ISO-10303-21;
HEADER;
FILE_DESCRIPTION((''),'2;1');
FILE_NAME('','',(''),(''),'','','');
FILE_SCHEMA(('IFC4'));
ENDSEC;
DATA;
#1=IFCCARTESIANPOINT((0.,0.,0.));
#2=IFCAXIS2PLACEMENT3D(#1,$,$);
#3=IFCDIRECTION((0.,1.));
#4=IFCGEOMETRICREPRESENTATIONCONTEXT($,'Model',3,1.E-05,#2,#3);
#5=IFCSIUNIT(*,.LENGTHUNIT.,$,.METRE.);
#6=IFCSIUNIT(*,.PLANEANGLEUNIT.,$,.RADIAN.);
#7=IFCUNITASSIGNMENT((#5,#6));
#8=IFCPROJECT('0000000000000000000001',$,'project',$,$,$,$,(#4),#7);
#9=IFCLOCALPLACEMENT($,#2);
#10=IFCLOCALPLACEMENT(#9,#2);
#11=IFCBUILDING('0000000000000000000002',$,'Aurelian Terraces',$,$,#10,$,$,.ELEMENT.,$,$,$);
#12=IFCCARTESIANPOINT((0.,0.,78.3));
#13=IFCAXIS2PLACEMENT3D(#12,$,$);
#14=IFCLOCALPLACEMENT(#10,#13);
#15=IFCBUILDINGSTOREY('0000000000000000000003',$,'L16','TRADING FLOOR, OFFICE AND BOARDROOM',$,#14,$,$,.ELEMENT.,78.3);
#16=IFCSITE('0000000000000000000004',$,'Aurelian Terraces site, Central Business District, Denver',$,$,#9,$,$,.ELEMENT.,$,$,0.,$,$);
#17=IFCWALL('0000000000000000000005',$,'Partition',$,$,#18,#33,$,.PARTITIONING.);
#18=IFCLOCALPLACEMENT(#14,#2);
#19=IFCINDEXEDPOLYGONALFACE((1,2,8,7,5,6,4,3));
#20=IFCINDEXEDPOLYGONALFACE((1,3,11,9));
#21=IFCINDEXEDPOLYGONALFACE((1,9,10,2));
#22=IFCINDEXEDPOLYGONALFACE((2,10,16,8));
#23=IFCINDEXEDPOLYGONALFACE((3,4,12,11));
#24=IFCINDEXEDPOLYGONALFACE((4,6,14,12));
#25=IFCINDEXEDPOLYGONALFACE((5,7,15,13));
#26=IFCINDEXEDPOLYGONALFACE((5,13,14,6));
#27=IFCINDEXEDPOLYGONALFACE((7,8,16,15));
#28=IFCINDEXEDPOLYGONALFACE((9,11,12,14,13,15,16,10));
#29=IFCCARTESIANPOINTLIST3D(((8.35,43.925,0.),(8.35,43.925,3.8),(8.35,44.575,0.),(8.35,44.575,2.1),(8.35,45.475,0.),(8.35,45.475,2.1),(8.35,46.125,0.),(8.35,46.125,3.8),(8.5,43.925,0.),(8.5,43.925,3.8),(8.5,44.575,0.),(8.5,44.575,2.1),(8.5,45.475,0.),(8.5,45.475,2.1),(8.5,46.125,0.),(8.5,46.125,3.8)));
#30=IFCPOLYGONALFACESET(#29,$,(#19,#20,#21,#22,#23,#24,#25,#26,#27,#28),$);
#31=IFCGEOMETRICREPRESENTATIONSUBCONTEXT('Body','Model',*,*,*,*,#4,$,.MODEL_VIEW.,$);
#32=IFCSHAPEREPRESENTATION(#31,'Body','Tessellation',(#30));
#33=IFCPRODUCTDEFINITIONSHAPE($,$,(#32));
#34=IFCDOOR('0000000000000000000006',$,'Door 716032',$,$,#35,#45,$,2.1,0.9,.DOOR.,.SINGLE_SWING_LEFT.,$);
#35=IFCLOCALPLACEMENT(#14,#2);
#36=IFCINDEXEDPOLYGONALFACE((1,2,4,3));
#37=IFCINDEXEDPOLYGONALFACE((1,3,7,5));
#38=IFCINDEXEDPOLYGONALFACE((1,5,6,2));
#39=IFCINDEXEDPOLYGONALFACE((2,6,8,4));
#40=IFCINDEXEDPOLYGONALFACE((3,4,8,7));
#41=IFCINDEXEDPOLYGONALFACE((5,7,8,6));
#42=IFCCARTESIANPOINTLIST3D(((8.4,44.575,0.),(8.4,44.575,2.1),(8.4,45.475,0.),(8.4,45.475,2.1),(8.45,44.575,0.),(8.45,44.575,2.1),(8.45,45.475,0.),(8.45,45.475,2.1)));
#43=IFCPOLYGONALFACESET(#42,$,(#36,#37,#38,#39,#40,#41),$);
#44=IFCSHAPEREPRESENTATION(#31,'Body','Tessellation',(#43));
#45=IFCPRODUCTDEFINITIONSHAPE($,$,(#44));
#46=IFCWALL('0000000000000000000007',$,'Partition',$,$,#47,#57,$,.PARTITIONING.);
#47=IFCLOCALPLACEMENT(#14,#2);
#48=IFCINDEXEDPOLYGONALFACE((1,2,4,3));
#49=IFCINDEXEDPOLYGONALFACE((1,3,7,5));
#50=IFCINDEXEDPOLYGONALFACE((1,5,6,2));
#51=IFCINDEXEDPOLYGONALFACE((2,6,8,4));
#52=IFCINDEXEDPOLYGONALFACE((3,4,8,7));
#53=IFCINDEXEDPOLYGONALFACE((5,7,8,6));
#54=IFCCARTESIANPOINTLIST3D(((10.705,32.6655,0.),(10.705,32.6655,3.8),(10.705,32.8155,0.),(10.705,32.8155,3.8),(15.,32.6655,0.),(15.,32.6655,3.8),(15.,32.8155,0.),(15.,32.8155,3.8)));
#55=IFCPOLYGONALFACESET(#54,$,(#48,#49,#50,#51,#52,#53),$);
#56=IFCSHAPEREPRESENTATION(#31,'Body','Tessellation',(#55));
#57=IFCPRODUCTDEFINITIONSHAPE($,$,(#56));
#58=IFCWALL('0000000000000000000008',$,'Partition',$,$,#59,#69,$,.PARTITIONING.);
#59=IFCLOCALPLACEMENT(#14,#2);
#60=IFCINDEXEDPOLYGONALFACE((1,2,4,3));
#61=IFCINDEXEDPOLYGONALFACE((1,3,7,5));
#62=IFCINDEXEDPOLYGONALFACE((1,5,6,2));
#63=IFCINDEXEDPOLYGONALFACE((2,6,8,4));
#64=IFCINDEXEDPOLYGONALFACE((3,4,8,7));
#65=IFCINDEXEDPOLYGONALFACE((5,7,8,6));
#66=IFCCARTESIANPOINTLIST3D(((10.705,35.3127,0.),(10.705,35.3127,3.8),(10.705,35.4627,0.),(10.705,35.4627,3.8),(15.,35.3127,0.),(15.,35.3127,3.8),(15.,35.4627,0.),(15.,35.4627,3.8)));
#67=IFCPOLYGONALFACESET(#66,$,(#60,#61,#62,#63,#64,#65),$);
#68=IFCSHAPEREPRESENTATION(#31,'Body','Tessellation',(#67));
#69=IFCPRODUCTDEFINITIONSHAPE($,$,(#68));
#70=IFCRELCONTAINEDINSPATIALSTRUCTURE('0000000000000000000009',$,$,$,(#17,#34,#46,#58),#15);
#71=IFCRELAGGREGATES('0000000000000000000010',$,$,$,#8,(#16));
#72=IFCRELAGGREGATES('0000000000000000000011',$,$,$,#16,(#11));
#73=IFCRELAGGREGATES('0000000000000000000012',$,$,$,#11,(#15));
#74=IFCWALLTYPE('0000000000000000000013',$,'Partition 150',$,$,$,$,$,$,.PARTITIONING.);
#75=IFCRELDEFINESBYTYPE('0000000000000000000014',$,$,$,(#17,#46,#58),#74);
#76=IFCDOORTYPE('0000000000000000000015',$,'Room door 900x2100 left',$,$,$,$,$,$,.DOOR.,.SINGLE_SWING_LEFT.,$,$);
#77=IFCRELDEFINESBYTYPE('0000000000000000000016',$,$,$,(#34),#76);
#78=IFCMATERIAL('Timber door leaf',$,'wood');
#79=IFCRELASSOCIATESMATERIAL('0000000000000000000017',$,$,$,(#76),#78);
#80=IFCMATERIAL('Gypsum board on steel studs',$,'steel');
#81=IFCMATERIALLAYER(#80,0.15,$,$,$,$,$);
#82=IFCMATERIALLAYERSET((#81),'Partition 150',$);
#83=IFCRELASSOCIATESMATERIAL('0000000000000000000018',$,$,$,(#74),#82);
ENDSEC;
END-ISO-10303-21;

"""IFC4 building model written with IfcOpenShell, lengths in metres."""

from ifc_helpers import new_model, si_unit, direction, frame, frame_2d, origin, place, context, subcontext, project, spatial, rectangle, extrude, source, transform, mapped, material, layer, layer_set, type_object, element, fill, save


model = new_model("IFC4")

# Units and contexts
model_context = context("Model", 3, precision=1e-05, world=origin(), true_north=direction((0.0, 1.0)))
body_context = subcontext(model_context, "Body", "Model", "MODEL_VIEW")
ifc_project = project(units=[si_unit("LENGTHUNIT", "METRE"), si_unit("PLANEANGLEUNIT", "RADIAN")], contexts=[model_context])

# Site, building, storey
site_placement = place(None, origin())
site = spatial("IfcSite", under=ifc_project, at=site_placement, Name="Aurelian Terraces site, Central Business District, Denver", CompositionType="ELEMENT", RefElevation=0.0)
building_placement = place(site_placement, origin())
building = spatial("IfcBuilding", under=site, at=building_placement, Name="Aurelian Terraces", CompositionType="ELEMENT")
storey_placement = place(building_placement, frame((0.0, 0.0, 78.3)))
storey = spatial("IfcBuildingStorey", under=building, at=storey_placement, Name="L16", Description="TRADING FLOOR, OFFICE AND BOARDROOM", CompositionType="ELEMENT", Elevation=78.3)

# Shared definitions
ifc_material_1 = material(Name="Gypsum board on steel studs", Category="steel")
shared_shape_1 = source(origin(), body_context, "Body", "SweptSolid", [
    extrude(rectangle(XDim=0.9, YDim=2.1, at=frame_2d((0.45, 1.05))), frame((0.0, 0.085, 0.0), z_axis=(0.0, -1.0, 0.0), x_axis=(1.0, 0.0, 0.0)), (0.0, 0.0, 1.0), 0.17),
])
ifc_material_2 = material(Name="Timber door leaf", Category="wood")
door_type = type_object("IfcDoorType", Name="Room door 900x2100 left", OperationType="SINGLE_SWING_LEFT", PredefinedType="DOOR", material=ifc_material_2)
shared_shape_2 = source(origin(), body_context, "Body", "SweptSolid", [
    extrude(rectangle(XDim=0.9, YDim=2.1, at=frame_2d((0.45, 1.05))), frame((0.0, 0.025, 0.0), z_axis=(0.0, -1.0, 0.0), x_axis=(1.0, 0.0, 0.0)), (0.0, 0.0, 1.0), 0.05),
])

# Shared definitions
ifc_layer_1 = layer(ifc_material_1, 0.15)
ifc_layer_set_1 = layer_set([ifc_layer_1], Name="Partition 150")
wall_type_1 = type_object("IfcWallType", Name="Partition 150", PredefinedType="PARTITIONING", material=ifc_layer_set_1)

# Wall, opening, door
shared_shape_3 = source(origin(), body_context, "Body", "SweptSolid", [
    extrude(rectangle(XDim=2.2, YDim=0.15, at=frame_2d((1.1, 0.0))), origin(), (0.0, 0.0, 1.0), 3.8),
])
wall_1_placement = place(storey_placement, frame((8.425, 43.925, 0.0), z_axis=(0.0, 0.0, 1.0), x_axis=(0.0, 1.0, 0.0)))
wall_1 = element("IfcWall", 1, at=wall_1_placement, inside=storey, type_object=wall_type_1, Name="Partition", PredefinedType="PARTITIONING", context=body_context, shape_type="MappedRepresentation", body=[
    mapped(shared_shape_3, transform((0.0, 0.0, 0.0), scale=1.0)),
])
opening_1_placement = place(wall_1_placement, frame((0.65, 0.0, 0.0)))
opening_1 = element("IfcOpeningElement", 2, at=opening_1_placement, cuts=wall_1, PredefinedType="OPENING", context=body_context, shape_type="MappedRepresentation", body=[
    mapped(shared_shape_1, transform((0.0, 0.0, 0.0), scale=1.0)),
])
door_1_placement = place(opening_1_placement, origin())
door_1 = element("IfcDoor", 3, at=door_1_placement, inside=storey, type_object=door_type, Name="Door 716032", OperationType="SINGLE_SWING_LEFT", OverallHeight=2.1, OverallWidth=0.9, PredefinedType="DOOR", context=body_context, shape_type="MappedRepresentation", body=[
    mapped(shared_shape_2, transform((0.0, 0.0, 0.0), scale=1.0)),
])
fill(opening_1, door_1)

# Walls
shared_shape_4 = source(origin(), body_context, "Body", "SweptSolid", [
    extrude(rectangle(XDim=4.295, YDim=0.15, at=frame_2d((2.1475, 0.0))), origin(), (0.0, 0.0, 1.0), 3.8),
])
for number, where, z_axis, x_axis, name in (
    (4, (15.0, 32.7405, 0.0), (0.0, 0.0, 1.0), (-1.0, 0.0, 0.0), "Partition"),
    (5, (15.0, 35.3877, 0.0), (0.0, 0.0, 1.0), (-1.0, 0.0, 0.0), "Partition"),
):
    element("IfcWall", number, at=place(storey_placement, frame(where, z_axis=z_axis, x_axis=x_axis)), inside=storey, type_object=wall_type_1, Name=name, PredefinedType="PARTITIONING", context=body_context, shape_type="MappedRepresentation", body=[
        mapped(shared_shape_4, transform((0.0, 0.0, 0.0), scale=1.0)),
    ])

save(model, "model.ifc")
